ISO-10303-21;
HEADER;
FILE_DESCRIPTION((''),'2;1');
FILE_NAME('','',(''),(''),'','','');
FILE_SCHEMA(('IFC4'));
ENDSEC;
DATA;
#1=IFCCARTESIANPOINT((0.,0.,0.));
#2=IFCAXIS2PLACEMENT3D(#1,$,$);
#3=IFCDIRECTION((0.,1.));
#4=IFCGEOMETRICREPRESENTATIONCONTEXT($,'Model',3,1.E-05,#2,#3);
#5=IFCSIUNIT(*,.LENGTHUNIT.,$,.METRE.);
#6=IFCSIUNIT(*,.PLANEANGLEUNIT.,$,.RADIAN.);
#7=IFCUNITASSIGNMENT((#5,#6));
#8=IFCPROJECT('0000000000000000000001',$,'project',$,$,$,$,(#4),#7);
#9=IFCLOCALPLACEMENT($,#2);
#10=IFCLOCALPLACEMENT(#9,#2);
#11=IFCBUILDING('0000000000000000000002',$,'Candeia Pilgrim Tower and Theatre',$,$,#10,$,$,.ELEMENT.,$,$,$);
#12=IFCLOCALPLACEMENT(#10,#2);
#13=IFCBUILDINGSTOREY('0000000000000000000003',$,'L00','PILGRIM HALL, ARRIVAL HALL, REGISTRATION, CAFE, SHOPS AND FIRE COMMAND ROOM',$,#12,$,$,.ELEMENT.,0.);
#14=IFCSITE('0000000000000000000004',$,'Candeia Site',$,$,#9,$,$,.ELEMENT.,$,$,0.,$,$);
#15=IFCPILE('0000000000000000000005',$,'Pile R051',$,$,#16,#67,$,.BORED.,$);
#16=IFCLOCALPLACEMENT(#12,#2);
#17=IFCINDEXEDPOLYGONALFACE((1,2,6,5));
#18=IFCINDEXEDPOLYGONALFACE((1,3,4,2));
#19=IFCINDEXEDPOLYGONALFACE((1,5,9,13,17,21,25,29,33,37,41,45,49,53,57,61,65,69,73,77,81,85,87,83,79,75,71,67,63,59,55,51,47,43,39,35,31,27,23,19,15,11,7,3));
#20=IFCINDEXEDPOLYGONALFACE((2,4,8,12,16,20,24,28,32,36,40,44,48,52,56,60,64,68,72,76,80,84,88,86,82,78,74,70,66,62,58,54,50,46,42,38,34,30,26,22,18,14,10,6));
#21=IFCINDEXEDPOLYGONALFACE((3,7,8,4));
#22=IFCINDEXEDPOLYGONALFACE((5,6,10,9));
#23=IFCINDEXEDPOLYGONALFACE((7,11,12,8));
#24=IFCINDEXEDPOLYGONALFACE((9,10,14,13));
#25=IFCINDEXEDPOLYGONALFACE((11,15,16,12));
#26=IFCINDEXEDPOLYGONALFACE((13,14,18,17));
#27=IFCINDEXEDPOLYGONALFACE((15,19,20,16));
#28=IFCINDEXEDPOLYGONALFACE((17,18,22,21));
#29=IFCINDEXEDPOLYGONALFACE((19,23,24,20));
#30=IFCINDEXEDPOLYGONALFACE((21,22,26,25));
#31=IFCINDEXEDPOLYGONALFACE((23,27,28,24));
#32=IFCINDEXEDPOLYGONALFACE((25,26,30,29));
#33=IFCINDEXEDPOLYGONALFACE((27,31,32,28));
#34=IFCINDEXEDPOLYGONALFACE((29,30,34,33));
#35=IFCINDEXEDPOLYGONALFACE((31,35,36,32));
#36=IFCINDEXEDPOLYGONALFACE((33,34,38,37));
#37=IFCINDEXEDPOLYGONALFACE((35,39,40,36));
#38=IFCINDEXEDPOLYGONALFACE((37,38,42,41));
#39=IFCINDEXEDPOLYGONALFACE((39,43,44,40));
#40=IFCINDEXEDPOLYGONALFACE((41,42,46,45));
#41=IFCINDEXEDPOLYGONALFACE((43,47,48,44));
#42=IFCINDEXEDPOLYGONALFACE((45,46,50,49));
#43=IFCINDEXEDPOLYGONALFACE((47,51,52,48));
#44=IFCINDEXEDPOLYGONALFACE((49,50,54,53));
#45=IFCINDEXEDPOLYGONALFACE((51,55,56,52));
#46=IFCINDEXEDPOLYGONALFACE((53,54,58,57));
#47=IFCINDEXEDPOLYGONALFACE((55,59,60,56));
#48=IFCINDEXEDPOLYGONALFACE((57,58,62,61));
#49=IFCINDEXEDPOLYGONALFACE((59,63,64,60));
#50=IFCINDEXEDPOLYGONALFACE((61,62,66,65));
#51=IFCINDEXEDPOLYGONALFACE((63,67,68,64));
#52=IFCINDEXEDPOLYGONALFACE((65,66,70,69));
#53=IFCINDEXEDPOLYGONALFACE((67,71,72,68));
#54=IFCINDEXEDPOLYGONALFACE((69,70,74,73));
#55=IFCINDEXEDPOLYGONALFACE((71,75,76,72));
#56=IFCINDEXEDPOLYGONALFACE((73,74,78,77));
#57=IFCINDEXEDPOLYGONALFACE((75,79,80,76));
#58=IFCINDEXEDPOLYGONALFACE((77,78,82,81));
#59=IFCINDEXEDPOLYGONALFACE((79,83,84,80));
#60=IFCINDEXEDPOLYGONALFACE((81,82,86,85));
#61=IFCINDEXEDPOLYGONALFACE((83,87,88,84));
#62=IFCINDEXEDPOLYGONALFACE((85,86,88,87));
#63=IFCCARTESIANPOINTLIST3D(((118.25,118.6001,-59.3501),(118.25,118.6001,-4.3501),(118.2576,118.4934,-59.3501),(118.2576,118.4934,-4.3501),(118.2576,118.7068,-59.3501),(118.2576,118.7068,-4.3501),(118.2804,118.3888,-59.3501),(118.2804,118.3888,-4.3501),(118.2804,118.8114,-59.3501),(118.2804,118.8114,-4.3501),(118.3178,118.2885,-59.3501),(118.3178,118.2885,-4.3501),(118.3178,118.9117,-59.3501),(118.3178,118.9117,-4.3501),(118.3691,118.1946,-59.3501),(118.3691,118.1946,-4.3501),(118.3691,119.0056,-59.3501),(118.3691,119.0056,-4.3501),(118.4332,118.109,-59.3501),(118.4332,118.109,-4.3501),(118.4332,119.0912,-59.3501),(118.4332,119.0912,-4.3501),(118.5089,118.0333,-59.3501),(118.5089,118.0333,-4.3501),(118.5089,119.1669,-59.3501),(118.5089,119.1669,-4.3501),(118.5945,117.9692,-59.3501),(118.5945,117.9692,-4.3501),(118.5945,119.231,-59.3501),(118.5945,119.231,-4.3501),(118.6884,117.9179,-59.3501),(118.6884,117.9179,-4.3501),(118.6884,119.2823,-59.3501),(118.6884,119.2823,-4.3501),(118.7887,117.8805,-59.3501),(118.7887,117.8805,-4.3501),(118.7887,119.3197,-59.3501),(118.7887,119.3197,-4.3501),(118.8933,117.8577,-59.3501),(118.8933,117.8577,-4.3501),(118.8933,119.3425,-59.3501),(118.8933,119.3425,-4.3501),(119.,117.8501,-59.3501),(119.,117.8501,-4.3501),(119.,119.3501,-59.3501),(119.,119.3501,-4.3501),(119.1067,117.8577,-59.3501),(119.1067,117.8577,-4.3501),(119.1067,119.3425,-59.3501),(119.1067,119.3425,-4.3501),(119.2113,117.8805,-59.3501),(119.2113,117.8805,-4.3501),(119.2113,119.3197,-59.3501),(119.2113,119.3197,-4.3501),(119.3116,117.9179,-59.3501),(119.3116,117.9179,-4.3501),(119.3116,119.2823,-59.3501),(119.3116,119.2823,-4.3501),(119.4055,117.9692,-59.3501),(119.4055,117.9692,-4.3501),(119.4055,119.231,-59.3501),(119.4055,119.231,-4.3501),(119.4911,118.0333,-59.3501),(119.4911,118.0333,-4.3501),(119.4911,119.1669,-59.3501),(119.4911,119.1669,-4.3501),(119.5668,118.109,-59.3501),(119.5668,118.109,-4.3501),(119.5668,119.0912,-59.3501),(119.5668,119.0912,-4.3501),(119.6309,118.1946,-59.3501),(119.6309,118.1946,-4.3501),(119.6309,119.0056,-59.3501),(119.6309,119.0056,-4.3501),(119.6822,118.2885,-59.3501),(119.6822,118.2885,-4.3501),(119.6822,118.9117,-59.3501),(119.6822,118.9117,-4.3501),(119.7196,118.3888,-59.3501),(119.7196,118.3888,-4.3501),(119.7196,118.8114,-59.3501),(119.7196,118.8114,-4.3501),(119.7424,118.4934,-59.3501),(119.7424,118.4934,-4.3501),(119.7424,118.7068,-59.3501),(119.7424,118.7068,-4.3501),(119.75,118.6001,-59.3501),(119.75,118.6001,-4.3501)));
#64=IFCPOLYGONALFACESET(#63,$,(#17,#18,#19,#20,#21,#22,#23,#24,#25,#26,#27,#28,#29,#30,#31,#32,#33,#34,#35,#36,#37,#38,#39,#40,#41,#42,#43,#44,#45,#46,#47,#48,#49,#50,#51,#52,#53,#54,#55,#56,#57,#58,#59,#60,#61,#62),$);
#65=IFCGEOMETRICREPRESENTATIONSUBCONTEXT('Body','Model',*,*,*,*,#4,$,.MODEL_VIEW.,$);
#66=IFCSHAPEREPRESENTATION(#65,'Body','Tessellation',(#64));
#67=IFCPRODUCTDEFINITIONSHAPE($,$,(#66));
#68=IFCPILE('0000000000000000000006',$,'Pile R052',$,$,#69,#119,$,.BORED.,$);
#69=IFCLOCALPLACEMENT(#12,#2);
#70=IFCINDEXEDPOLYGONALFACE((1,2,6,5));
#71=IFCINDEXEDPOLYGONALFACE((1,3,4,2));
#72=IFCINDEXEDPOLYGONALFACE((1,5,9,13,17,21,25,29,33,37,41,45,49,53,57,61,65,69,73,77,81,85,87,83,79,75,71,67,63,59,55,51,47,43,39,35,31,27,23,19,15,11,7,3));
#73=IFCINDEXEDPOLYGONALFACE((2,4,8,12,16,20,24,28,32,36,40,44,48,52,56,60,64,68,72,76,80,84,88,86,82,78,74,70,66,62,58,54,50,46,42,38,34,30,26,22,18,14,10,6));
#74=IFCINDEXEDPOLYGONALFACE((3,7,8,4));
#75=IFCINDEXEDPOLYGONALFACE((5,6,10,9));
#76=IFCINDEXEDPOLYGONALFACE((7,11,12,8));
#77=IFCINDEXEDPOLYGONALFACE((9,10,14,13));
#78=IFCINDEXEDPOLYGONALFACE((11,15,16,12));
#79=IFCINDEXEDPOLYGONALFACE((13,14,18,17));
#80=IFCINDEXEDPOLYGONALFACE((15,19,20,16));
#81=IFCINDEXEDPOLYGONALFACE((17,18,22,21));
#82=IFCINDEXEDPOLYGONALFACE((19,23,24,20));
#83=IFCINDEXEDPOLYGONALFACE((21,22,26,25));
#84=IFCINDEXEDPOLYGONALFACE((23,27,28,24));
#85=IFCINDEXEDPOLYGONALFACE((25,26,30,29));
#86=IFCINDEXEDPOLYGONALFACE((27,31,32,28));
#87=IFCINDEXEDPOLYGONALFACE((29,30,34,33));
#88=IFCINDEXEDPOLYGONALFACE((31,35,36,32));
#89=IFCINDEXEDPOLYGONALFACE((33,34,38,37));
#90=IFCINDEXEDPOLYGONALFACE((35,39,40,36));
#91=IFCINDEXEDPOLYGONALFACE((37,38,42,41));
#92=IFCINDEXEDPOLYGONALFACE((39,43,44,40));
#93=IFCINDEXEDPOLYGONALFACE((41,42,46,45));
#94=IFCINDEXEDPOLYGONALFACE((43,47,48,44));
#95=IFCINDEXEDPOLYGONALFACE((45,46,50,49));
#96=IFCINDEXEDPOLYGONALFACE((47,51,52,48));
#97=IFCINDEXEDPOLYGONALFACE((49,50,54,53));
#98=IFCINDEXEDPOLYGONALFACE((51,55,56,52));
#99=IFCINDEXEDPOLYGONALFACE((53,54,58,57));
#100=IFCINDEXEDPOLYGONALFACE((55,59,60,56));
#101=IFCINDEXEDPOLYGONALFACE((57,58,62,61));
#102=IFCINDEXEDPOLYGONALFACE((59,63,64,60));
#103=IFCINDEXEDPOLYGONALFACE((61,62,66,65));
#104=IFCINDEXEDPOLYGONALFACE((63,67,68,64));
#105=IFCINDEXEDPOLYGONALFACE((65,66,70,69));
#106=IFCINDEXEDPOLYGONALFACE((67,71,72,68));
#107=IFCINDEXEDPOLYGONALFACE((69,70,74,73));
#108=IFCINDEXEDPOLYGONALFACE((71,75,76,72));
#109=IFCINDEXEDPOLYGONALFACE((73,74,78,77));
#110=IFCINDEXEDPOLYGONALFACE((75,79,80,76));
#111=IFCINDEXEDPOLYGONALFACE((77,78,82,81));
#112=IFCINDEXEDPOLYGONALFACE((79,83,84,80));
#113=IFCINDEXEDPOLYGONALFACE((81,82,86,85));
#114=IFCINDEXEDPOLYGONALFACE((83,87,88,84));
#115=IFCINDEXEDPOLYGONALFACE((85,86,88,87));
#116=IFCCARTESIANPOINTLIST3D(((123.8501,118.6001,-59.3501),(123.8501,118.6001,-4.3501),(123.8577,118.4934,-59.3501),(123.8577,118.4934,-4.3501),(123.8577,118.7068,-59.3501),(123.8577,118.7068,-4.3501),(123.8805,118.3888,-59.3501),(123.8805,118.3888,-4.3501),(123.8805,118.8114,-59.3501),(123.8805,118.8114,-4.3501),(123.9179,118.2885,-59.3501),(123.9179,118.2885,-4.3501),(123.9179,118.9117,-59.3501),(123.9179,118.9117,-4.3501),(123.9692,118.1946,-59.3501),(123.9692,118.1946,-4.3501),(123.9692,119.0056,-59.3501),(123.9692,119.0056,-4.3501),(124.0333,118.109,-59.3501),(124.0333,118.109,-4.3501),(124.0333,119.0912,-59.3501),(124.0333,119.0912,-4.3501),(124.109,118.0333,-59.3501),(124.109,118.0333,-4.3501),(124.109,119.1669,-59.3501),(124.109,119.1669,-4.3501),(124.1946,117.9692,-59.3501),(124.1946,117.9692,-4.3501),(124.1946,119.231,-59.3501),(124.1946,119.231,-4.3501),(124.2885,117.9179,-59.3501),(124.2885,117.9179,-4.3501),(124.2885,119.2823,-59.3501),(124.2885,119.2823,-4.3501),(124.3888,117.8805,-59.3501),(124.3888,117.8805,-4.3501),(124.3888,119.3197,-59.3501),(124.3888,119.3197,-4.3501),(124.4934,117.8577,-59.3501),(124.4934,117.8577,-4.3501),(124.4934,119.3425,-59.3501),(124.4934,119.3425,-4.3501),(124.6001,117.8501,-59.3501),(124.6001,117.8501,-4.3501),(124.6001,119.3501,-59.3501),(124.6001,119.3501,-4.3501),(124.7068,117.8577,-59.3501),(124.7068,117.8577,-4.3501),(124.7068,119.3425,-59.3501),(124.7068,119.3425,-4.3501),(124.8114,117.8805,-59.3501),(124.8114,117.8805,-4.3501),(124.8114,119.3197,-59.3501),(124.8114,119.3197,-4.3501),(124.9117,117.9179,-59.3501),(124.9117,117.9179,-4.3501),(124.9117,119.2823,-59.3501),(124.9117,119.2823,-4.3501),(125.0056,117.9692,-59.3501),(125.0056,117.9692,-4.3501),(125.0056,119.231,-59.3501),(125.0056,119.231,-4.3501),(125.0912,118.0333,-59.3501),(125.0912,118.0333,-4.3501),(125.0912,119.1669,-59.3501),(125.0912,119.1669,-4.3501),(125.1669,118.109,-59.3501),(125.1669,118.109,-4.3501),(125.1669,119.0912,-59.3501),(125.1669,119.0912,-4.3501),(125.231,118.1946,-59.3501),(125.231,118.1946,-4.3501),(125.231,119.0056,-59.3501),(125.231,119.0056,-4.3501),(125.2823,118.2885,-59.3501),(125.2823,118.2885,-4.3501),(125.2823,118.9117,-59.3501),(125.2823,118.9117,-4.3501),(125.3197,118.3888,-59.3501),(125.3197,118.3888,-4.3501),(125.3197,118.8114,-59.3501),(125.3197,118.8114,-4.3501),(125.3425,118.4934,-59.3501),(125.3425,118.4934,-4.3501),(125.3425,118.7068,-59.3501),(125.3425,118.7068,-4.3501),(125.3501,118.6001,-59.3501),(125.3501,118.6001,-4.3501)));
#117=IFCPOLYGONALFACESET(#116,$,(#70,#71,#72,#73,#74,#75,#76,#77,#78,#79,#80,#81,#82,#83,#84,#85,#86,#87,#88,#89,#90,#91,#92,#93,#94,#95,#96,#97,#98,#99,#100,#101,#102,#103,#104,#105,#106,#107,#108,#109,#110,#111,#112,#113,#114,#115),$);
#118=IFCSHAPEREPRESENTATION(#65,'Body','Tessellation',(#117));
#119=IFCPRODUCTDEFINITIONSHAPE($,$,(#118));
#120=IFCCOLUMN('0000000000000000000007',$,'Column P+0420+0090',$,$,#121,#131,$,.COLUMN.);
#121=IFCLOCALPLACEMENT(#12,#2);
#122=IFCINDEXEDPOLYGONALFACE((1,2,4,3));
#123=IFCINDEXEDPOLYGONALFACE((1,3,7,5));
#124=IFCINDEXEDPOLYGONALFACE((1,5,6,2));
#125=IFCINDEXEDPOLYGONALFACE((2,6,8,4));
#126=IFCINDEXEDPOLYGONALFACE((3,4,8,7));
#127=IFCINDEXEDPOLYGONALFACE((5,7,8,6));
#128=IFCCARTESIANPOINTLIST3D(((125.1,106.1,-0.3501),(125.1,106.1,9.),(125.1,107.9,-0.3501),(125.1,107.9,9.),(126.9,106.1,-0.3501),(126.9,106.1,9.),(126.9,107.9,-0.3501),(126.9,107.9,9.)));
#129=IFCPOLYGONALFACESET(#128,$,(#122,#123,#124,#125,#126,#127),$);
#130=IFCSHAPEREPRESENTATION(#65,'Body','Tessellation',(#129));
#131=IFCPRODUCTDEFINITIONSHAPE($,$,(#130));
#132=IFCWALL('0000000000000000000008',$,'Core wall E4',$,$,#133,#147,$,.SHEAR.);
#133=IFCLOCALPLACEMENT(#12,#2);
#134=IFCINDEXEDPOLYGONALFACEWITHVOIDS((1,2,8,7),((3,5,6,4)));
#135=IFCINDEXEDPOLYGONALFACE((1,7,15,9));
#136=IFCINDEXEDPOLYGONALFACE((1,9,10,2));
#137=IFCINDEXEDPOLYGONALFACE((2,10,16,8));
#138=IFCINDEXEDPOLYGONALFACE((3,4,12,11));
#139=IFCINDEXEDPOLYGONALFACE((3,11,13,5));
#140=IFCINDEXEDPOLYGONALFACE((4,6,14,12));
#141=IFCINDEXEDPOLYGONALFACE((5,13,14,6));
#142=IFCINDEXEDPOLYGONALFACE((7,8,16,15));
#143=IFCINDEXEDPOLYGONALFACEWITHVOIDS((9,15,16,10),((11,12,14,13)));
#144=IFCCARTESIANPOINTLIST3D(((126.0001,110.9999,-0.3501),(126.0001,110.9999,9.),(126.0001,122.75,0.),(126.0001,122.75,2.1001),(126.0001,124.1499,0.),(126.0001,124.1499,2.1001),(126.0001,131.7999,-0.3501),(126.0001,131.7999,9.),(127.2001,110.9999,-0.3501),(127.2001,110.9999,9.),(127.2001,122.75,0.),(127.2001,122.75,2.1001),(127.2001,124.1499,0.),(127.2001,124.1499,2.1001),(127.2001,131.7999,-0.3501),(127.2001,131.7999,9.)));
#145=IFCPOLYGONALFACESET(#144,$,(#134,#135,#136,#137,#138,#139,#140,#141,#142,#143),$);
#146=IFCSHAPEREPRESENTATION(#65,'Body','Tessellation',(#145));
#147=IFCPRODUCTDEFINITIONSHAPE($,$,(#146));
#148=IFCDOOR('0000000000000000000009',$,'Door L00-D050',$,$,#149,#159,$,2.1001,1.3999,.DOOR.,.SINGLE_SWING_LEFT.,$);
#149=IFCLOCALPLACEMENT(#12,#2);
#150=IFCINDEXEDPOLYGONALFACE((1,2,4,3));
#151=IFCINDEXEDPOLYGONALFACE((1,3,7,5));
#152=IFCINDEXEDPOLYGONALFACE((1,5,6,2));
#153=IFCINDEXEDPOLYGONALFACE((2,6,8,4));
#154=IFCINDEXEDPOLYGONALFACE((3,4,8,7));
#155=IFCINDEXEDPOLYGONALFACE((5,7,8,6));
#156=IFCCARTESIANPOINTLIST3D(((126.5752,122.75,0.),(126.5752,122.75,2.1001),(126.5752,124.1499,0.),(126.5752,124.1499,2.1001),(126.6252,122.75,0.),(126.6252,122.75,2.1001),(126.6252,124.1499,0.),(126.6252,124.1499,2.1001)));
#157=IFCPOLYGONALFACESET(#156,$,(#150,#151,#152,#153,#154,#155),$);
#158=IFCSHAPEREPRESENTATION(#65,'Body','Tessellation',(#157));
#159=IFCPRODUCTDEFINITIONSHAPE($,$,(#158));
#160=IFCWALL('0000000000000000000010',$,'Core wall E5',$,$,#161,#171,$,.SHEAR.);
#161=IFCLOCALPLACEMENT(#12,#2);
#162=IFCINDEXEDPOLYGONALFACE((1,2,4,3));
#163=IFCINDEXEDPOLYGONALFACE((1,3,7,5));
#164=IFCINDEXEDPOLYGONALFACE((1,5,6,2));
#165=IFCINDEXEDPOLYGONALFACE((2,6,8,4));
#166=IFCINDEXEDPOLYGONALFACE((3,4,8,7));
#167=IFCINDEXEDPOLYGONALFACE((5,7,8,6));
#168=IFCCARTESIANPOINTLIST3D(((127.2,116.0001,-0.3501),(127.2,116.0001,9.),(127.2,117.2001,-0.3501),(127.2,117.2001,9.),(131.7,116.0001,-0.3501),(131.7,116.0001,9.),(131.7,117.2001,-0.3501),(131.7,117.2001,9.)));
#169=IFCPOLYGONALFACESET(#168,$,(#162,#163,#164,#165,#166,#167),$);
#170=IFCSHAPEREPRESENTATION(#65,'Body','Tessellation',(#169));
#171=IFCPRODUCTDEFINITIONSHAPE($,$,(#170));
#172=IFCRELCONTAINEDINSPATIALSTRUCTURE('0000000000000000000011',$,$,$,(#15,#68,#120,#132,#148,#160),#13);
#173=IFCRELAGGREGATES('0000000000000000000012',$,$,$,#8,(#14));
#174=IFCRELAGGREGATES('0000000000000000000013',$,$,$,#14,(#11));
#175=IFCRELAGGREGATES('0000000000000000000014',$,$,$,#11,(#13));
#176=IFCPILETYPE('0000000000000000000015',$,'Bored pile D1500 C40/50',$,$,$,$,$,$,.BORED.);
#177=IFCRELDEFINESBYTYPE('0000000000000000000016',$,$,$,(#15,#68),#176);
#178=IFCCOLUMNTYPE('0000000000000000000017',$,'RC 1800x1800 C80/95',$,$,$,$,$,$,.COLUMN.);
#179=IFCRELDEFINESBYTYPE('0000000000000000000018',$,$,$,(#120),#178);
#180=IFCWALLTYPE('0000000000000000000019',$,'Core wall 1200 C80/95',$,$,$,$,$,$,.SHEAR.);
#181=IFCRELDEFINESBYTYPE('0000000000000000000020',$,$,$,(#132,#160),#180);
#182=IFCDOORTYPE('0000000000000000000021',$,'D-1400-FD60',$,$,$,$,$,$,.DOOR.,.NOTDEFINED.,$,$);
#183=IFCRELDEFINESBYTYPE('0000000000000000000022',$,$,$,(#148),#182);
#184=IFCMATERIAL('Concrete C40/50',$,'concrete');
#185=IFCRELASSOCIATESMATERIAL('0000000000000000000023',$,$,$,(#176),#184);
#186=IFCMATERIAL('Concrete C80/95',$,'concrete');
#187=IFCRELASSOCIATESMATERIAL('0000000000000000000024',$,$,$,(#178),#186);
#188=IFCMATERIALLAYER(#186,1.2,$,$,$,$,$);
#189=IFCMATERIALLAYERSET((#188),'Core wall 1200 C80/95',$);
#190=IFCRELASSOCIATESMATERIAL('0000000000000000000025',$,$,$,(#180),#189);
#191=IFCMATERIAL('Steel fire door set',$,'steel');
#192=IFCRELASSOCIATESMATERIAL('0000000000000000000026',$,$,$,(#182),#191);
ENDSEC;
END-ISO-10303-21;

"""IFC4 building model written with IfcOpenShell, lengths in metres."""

from ifc_helpers import new_model, si_unit, direction, frame, frame_2d, origin, origin_2d, place, context, subcontext, project, spatial, rectangle, circle, extrude, material, layer, layer_set, material_profile, profile_set, type_object, element, fill, save


model = new_model("IFC4")

# Units and contexts
model_context = context("Model", 3, precision=1e-05, world=origin(), true_north=direction((0.0, 1.0)))
body_context = subcontext(model_context, "Body", "Model", "MODEL_VIEW")
ifc_project = project(units=[si_unit("LENGTHUNIT", "METRE"), si_unit("PLANEANGLEUNIT", "RADIAN")], contexts=[model_context])

# Site, building, storey
site_placement = place(None, origin())
site = spatial("IfcSite", under=ifc_project, at=site_placement, Name="Candeia Site", CompositionType="ELEMENT", RefElevation=0.0)
building_placement = place(site_placement, origin())
building = spatial("IfcBuilding", under=site, at=building_placement, Name="Candeia Pilgrim Tower and Theatre", CompositionType="ELEMENT")
storey_placement = place(building_placement, origin())
storey = spatial("IfcBuildingStorey", under=building, at=storey_placement, Name="L00", Description="PILGRIM HALL, ARRIVAL HALL, REGISTRATION, CAFE, SHOPS AND FIRE COMMAND ROOM", CompositionType="ELEMENT", Elevation=0.0)

# Piles
ifc_material_1 = material(Name="Concrete C40/50", Category="concrete")
ifc_material_profile_1 = material_profile(ifc_material_1, circle(Radius=0.75, at=origin_2d()))
ifc_profile_set_1 = profile_set([ifc_material_profile_1], Name="Concrete C40/50")
pile_type = type_object("IfcPileType", Name="Bored pile D1500 C40/50", PredefinedType="BORED", material=ifc_profile_set_1)
for number, where, z_axis, x_axis, name in (
    (1, (119.0, 118.6001, -4.3501), (0.0, 0.0, -1.0), (1.0, 0.0, 0.0), "Pile R051"),
    (2, (124.6001, 118.6001, -4.3501), (0.0, 0.0, -1.0), (1.0, 0.0, 0.0), "Pile R052"),
):
    element("IfcPile", number, at=place(storey_placement, frame(where, z_axis=z_axis, x_axis=x_axis)), inside=storey, type_object=pile_type, Name=name, PredefinedType="BORED", context=body_context, shape_type="SweptSolid", body=[
        extrude(circle(Radius=0.75, at=origin_2d()), origin(), (0.0, 0.0, 1.0), 55.0),
    ])

# Column
ifc_material_2 = material(Name="Concrete C80/95", Category="concrete")
ifc_material_profile_2 = material_profile(ifc_material_2, rectangle(XDim=1.8, YDim=1.8, at=origin_2d()))
ifc_profile_set_2 = profile_set([ifc_material_profile_2], Name="Concrete C80/95")
column_type = type_object("IfcColumnType", Name="RC 1800x1800 C80/95", PredefinedType="COLUMN", material=ifc_profile_set_2)
column_placement = place(storey_placement, frame((126.0, 107.0, -0.3501), z_axis=(0.0, 0.0, 1.0), x_axis=(1.0, 0.0, 0.0)))
element("IfcColumn", 3, at=column_placement, inside=storey, type_object=column_type, Name="Column P+0420+0090", PredefinedType="COLUMN", context=body_context, shape_type="SweptSolid", body=[
    extrude(rectangle(XDim=1.8, YDim=1.8, at=origin_2d()), origin(), (0.0, 0.0, 1.0), 9.3501),
])

# Wall, opening, door
ifc_layer_1 = layer(ifc_material_2, 1.2)
ifc_layer_set_1 = layer_set([ifc_layer_1], Name="Core wall 1200 C80/95")
wall_type_1 = type_object("IfcWallType", Name="Core wall 1200 C80/95", PredefinedType="SHEAR", material=ifc_layer_set_1)
wall_1_placement = place(storey_placement, frame((126.6001, 111.0, -0.3501), z_axis=(0.0, 0.0, 1.0), x_axis=(0.0, 1.0, 0.0)))
wall_1 = element("IfcWall", 4, at=wall_1_placement, inside=storey, type_object=wall_type_1, Name="Core wall E4", PredefinedType="SHEAR", context=body_context, shape_type="SweptSolid", body=[
    extrude(rectangle(XDim=20.8, YDim=1.2, at=frame_2d((10.3999, 0.0))), origin(), (0.0, 0.0, 1.0), 9.3501),
])
opening_1_placement = place(wall_1_placement, frame((11.75, 0.0, 0.3501)))
opening_1 = element("IfcOpeningElement", 5, at=opening_1_placement, cuts=wall_1, PredefinedType="OPENING", context=body_context, shape_type="SweptSolid", body=[
    extrude(rectangle(XDim=1.3999, YDim=2.1001, at=frame_2d((0.7, 1.05))), frame((0.0, 0.6099, 0.0), z_axis=(0.0, -1.0, 0.0), x_axis=(1.0, 0.0, 0.0)), (0.0, 0.0, 1.0), 1.22),
])
ifc_material_3 = material(Name="Steel fire door set", Category="steel")
door_type_1 = type_object("IfcDoorType", Name="D-1400-FD60", OperationType="NOTDEFINED", PredefinedType="DOOR", material=ifc_material_3)
door_1_placement = place(opening_1_placement, origin())
door_1 = element("IfcDoor", 6, at=door_1_placement, inside=storey, type_object=door_type_1, Name="Door L00-D050", OperationType="SINGLE_SWING_LEFT", OverallHeight=2.1001, OverallWidth=1.3999, PredefinedType="DOOR", context=body_context, shape_type="SweptSolid", body=[
    extrude(rectangle(XDim=1.3999, YDim=2.1001, at=frame_2d((0.7, 1.05))), frame((0.0, 0.0249, 0.0), z_axis=(0.0, -1.0, 0.0), x_axis=(1.0, 0.0, 0.0)), (0.0, 0.0, 1.0), 0.05),
])
fill(opening_1, door_1)

# Wall
wall_2_placement = place(storey_placement, frame((127.2, 116.6001, -0.3501), z_axis=(0.0, 0.0, 1.0), x_axis=(1.0, 0.0, 0.0)))
element("IfcWall", 7, at=wall_2_placement, inside=storey, type_object=wall_type_1, Name="Core wall E5", PredefinedType="SHEAR", context=body_context, shape_type="SweptSolid", body=[
    extrude(rectangle(XDim=4.5, YDim=1.2, at=frame_2d((2.25, 0.0))), origin(), (0.0, 0.0, 1.0), 9.3501),
])

save(model, "model.ifc")
